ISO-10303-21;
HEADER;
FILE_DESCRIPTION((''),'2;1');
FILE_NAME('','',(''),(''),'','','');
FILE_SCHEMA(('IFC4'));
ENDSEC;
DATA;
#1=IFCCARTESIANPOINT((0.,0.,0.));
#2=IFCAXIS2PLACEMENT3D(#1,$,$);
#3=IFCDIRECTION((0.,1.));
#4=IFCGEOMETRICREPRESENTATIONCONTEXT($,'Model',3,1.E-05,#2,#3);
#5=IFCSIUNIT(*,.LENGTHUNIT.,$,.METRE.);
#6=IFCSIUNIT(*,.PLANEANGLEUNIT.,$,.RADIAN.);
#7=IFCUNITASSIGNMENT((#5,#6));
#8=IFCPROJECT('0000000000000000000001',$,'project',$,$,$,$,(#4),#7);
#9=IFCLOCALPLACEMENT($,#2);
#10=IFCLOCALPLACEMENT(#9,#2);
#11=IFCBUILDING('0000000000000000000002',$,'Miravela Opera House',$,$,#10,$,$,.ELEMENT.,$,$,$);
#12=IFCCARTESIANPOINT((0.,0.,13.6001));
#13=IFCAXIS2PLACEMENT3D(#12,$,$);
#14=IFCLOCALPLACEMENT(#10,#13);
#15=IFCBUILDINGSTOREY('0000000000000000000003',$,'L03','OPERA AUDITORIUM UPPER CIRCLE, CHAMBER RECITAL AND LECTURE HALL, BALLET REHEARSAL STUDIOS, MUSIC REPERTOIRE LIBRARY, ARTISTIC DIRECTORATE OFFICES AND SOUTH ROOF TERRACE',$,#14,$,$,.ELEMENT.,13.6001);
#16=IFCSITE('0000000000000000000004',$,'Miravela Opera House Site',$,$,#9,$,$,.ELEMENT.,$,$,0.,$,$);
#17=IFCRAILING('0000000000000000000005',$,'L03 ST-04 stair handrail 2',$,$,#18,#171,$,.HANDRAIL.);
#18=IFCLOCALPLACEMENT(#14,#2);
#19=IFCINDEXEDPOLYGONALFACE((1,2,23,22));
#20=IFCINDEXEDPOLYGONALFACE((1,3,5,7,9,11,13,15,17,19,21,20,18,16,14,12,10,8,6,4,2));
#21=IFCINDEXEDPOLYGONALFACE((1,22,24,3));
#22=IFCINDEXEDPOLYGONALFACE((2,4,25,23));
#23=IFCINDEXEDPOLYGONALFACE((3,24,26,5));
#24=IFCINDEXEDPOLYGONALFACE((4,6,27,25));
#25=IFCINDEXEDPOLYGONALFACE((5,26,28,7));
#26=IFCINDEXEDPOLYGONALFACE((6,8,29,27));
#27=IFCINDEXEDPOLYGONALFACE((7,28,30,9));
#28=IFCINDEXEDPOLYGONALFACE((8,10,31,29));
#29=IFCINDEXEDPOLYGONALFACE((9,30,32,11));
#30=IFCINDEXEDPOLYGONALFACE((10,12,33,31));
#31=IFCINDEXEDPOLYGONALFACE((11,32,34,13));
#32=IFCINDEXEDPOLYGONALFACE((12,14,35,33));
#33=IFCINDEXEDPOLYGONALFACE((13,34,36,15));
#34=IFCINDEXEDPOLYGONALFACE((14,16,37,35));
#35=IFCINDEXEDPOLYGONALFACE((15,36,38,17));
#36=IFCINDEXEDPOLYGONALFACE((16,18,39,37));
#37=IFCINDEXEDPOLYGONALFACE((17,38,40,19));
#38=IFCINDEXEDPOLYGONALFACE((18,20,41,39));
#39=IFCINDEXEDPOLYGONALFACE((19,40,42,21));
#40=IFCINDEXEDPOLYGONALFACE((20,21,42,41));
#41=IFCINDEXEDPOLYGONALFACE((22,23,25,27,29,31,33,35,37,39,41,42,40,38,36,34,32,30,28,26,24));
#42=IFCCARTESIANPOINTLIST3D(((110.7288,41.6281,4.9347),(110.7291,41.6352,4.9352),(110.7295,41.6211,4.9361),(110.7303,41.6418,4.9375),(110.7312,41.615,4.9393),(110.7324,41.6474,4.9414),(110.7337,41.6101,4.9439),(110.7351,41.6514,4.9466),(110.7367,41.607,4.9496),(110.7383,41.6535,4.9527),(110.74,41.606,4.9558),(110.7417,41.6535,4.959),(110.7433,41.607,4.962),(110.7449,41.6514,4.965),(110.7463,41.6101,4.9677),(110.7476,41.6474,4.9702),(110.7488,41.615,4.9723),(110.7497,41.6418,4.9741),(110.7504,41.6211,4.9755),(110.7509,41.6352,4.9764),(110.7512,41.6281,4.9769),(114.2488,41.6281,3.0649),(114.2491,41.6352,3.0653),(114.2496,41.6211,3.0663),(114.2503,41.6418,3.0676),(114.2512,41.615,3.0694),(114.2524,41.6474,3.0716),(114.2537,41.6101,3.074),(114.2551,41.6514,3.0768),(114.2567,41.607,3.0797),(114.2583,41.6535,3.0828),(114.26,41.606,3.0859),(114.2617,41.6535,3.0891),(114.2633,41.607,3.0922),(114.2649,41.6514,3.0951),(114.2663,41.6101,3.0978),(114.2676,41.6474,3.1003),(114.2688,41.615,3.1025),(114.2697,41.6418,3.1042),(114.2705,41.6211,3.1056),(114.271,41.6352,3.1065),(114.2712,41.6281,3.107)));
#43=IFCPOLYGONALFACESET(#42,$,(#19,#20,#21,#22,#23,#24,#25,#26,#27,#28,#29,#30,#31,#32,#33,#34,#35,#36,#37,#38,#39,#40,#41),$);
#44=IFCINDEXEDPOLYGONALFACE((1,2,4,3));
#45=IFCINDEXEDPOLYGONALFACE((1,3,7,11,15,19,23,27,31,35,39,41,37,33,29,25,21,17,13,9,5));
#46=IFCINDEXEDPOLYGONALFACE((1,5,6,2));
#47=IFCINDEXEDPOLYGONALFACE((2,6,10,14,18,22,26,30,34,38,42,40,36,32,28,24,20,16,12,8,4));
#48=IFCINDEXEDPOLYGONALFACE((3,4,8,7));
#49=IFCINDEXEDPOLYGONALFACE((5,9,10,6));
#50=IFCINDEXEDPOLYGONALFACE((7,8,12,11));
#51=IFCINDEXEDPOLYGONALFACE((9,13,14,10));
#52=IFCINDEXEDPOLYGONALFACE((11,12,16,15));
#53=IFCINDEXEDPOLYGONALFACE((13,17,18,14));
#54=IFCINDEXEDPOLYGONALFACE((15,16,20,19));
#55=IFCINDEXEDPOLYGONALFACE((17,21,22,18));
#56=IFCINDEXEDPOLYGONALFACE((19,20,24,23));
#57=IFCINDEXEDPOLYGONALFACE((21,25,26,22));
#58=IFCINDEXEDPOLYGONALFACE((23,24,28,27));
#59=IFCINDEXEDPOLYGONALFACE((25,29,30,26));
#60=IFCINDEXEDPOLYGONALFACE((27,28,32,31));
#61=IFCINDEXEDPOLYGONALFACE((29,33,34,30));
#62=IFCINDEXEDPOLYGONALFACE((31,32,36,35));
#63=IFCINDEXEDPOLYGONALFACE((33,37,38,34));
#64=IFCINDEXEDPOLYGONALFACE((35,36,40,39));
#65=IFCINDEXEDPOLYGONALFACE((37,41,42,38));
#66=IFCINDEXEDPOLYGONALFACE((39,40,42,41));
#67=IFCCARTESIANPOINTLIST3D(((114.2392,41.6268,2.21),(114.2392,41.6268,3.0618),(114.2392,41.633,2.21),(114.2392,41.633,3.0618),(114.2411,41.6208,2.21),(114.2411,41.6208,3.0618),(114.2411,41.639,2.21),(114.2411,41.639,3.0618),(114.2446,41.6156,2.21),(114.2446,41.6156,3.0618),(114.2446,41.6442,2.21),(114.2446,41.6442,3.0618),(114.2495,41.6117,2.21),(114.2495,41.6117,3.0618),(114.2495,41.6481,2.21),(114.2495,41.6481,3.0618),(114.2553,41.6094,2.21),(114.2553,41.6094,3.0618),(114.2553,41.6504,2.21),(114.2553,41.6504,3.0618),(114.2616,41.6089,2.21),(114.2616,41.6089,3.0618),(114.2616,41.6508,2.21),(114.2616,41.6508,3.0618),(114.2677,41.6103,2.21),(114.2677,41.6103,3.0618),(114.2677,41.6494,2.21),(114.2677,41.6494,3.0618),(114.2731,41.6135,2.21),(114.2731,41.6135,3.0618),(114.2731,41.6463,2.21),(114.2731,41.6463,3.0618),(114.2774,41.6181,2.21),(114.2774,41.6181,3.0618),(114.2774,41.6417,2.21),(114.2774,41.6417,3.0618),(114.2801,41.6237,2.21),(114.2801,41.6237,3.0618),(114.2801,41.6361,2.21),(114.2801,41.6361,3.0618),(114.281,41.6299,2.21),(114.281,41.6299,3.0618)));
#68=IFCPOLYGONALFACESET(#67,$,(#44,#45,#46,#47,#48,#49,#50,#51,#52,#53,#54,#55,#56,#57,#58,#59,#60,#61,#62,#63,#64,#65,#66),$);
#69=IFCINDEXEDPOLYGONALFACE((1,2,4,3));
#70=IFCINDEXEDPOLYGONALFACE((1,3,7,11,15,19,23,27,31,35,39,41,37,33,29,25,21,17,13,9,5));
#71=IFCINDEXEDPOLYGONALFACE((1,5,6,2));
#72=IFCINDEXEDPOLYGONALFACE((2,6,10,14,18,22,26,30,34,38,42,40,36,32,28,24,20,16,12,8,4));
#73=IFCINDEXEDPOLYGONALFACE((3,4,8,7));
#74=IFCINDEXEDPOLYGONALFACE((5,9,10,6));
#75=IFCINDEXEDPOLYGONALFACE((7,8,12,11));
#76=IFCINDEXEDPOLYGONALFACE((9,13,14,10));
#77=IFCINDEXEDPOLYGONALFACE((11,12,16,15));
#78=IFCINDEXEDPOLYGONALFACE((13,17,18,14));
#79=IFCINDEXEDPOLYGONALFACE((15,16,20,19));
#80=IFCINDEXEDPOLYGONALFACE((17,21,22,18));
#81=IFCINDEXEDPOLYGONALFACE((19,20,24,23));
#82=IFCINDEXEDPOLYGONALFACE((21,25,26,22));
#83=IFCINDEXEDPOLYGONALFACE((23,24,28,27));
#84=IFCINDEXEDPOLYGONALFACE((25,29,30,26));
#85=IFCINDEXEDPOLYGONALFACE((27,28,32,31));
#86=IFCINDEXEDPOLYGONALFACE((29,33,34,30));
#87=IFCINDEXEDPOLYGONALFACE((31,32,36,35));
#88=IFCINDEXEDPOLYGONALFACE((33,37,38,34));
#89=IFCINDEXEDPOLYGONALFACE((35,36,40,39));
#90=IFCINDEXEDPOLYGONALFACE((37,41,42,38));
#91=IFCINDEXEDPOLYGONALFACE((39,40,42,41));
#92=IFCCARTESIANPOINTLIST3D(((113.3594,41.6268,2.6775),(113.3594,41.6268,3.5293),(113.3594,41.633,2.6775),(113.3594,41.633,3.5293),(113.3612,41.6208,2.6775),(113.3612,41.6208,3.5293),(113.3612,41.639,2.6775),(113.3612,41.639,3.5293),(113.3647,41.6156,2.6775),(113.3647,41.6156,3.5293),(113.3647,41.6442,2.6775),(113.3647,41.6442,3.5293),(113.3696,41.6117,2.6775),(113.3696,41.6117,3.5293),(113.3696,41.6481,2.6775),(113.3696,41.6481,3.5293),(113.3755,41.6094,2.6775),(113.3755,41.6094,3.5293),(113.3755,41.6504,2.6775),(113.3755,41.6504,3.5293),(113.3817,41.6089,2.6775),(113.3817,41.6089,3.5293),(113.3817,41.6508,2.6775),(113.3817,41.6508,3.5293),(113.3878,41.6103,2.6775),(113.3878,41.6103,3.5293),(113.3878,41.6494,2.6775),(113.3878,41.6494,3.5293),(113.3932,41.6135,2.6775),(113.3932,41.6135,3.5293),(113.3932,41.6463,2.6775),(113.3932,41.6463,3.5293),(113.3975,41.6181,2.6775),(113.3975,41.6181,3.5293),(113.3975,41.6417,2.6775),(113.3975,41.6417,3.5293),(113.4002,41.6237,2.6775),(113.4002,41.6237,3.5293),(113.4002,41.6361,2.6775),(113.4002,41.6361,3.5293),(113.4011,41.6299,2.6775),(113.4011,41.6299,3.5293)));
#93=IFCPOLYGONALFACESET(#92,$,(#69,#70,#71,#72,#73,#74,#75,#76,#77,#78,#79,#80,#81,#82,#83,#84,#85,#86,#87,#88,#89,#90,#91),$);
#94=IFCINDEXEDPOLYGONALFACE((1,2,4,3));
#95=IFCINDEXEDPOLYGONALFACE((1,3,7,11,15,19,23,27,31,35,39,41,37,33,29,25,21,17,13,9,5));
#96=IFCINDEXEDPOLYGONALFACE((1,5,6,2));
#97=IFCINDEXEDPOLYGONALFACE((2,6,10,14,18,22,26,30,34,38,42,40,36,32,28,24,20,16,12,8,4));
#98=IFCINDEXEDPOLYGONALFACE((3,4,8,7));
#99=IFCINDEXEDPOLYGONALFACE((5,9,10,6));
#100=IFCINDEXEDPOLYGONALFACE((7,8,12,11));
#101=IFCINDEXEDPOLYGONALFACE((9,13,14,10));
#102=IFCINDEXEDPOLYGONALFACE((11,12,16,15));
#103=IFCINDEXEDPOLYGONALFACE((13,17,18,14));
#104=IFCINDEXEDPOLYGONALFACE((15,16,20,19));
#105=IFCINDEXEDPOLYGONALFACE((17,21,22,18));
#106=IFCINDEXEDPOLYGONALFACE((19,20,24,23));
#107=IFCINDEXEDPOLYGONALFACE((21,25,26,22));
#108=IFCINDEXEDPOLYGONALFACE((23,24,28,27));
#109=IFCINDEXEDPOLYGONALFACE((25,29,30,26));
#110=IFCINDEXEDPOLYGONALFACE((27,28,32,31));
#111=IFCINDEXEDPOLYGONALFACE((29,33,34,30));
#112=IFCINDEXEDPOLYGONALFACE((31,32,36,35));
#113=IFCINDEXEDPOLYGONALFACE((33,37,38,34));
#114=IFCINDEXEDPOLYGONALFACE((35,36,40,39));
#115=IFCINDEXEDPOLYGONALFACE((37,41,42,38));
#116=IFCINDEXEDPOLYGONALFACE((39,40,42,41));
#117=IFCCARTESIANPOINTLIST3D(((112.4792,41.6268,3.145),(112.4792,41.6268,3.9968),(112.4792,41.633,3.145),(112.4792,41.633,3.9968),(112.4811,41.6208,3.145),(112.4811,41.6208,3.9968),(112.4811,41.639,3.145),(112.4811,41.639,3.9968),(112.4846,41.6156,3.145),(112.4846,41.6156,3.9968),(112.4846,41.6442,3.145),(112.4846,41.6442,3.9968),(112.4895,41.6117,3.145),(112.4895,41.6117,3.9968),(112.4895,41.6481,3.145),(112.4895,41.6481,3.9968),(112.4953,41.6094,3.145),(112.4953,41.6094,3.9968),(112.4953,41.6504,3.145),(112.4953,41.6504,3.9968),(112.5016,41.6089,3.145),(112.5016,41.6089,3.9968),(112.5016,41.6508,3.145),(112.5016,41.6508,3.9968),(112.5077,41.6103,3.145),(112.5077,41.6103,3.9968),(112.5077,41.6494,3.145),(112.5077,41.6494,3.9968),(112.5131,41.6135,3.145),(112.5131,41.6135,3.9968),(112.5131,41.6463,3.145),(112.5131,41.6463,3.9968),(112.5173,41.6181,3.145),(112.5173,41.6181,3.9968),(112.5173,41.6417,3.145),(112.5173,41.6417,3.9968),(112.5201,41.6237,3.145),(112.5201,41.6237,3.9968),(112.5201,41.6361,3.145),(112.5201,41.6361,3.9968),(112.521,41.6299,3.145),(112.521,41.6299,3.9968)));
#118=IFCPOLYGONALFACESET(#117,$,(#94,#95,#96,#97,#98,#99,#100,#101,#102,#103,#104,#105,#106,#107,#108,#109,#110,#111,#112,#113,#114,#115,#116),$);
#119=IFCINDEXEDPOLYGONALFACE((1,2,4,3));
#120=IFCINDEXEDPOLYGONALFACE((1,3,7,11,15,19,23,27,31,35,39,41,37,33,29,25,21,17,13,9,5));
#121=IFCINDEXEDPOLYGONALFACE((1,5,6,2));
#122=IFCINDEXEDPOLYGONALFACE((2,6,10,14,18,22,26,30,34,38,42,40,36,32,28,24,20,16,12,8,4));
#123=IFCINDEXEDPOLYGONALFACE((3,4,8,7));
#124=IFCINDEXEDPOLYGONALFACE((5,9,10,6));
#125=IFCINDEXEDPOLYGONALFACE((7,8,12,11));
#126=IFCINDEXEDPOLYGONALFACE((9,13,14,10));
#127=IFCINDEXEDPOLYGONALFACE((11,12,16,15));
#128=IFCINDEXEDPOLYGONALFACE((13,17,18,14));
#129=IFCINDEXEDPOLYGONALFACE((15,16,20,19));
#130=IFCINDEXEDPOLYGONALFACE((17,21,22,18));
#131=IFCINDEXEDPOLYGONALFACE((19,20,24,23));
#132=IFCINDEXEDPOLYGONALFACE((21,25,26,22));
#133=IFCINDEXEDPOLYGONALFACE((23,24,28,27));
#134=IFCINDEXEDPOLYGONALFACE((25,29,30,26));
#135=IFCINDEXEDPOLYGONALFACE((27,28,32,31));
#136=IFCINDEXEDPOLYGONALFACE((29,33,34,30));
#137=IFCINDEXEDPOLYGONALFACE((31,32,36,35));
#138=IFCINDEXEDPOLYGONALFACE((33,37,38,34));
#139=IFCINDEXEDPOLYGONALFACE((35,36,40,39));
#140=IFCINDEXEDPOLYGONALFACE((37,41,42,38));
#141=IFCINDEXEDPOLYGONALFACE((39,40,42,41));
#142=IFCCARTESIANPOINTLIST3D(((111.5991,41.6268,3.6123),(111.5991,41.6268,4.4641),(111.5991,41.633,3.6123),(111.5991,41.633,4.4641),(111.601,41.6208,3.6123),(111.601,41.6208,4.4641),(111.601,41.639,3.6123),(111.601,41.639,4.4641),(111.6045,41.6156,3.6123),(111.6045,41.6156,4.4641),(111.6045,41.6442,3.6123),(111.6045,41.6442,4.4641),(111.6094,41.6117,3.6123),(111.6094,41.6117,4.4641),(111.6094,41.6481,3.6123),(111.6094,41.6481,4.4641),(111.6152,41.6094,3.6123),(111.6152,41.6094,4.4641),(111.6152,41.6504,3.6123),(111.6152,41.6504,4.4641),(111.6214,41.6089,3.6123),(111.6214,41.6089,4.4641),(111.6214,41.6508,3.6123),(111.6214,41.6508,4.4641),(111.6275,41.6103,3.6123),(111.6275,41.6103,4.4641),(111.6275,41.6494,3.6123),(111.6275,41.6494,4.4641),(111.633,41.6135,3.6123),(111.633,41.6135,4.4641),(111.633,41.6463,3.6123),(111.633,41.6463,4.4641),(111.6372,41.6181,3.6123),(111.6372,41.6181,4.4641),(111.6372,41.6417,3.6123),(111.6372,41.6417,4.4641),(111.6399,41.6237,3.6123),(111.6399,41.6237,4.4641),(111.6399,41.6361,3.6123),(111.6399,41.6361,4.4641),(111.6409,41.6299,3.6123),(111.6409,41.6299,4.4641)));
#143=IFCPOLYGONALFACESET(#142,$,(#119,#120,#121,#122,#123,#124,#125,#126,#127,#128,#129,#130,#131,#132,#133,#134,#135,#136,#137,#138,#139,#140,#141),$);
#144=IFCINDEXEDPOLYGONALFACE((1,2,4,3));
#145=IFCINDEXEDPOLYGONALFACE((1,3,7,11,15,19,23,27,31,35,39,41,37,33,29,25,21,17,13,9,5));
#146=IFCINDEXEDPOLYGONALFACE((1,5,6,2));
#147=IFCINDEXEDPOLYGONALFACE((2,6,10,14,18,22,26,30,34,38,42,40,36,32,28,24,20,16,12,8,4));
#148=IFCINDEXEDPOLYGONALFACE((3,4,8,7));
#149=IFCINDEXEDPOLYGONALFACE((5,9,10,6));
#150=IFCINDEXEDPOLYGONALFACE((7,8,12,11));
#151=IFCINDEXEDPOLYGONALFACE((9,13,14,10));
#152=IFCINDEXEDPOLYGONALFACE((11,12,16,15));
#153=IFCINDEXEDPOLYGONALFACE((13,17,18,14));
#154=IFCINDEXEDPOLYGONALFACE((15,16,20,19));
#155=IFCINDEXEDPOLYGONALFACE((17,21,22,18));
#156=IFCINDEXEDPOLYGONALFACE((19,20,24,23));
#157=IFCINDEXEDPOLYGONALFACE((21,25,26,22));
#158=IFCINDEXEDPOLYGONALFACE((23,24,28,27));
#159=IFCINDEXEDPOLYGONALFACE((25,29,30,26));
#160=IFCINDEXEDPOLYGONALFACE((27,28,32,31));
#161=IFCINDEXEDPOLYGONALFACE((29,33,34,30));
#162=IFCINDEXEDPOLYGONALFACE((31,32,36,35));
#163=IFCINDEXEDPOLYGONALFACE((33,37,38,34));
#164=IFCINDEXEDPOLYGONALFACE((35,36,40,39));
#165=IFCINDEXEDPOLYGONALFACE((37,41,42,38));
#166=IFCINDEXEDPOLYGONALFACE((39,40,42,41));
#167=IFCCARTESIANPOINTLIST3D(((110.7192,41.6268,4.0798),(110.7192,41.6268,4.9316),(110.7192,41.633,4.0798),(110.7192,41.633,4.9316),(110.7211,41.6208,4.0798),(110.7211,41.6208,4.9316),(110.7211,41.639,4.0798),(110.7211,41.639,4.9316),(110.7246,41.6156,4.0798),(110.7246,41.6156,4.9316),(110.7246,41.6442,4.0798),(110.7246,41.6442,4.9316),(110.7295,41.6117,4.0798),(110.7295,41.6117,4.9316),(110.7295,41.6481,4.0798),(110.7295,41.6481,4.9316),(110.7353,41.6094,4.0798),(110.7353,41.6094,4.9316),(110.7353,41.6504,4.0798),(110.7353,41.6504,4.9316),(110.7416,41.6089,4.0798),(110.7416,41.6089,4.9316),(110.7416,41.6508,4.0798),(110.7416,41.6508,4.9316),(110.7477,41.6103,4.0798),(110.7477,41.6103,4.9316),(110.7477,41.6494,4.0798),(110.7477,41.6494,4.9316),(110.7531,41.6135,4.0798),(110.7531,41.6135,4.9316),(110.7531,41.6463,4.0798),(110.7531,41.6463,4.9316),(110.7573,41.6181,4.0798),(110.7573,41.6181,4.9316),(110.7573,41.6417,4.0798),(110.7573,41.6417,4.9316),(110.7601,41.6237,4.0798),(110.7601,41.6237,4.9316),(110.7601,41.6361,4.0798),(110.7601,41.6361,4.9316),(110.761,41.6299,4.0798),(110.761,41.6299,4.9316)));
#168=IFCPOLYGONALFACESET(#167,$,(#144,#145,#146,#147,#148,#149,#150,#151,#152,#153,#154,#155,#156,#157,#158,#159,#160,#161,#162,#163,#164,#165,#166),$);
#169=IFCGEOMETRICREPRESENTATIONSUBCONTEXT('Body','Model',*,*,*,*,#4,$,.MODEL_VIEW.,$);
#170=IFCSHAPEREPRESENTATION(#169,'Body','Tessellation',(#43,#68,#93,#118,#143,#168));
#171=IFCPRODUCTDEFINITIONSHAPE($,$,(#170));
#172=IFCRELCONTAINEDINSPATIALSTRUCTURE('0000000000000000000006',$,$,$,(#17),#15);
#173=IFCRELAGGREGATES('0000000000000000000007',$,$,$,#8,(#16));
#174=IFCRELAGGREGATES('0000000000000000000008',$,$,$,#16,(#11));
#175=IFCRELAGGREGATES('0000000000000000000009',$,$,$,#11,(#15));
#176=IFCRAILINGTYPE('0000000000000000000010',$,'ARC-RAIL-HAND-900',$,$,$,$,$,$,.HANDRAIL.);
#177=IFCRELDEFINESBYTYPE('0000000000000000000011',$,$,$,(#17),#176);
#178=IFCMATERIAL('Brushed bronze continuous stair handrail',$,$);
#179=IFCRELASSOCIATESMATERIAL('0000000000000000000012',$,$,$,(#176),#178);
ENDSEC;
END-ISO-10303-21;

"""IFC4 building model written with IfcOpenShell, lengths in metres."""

from ifc_helpers import new_model, si_unit, direction, frame, origin, origin_2d, place, context, subcontext, project, spatial, circle, extrude, material, type_object, element, save


model = new_model("IFC4")

# Units and contexts
model_context = context("Model", 3, precision=1e-05, world=origin(), true_north=direction((0.0, 1.0)))
body_context = subcontext(model_context, "Body", "Model", "MODEL_VIEW")
ifc_project = project(units=[si_unit("LENGTHUNIT", "METRE"), si_unit("PLANEANGLEUNIT", "RADIAN")], contexts=[model_context])

# Site, building, storey
site_placement = place(None, origin())
site = spatial("IfcSite", under=ifc_project, at=site_placement, Name="Miravela Opera House Site", CompositionType="ELEMENT", RefElevation=0.0)
building_placement = place(site_placement, origin())
building = spatial("IfcBuilding", under=site, at=building_placement, Name="Miravela Opera House", CompositionType="ELEMENT")
storey_placement = place(building_placement, frame((0.0, 0.0, 13.6001)))
storey = spatial("IfcBuildingStorey", under=building, at=storey_placement, Name="L03", Description="OPERA AUDITORIUM UPPER CIRCLE, CHAMBER RECITAL AND LECTURE HALL, BALLET REHEARSAL STUDIOS, MUSIC REPERTOIRE LIBRARY, ARTISTIC DIRECTORATE OFFICES AND SOUTH ROOF TERRACE", CompositionType="ELEMENT", Elevation=13.6001)

# Railing
ifc_material_1 = material(Name="Brushed bronze continuous stair handrail")
railing_type_1 = type_object("IfcRailingType", Name="ARC-RAIL-HAND-900", PredefinedType="HANDRAIL", material=ifc_material_1)
railing_1_placement = place(storey_placement, frame((114.26, 41.6299, 2.21)))
element("IfcRailing", 1, at=railing_1_placement, inside=storey, type_object=railing_type_1, Name="L03 ST-04 stair handrail 2", PredefinedType="HANDRAIL", context=body_context, shape_type="SweptSolid", body=[
    extrude(circle(Radius=0.0239, at=origin_2d()), frame((0.0, 0.0, 0.876), z_axis=(-0.88313, 0.0, 0.469128), x_axis=(0.0, -1.0, 0.0)), (0.0, 0.0, 1.0), 3.9858),
    extrude(circle(Radius=0.021, at=origin_2d()), origin(), (0.0, 0.0, 1.0), 0.8518),
    extrude(circle(Radius=0.021, at=origin_2d()), frame((-0.8799, 0.0, 0.4675)), (0.0, 0.0, 1.0), 0.8518),
    extrude(circle(Radius=0.021, at=origin_2d()), frame((-1.76, 0.0, 0.9351)), (0.0, 0.0, 1.0), 0.8518),
    extrude(circle(Radius=0.021, at=origin_2d()), frame((-2.6401, 0.0, 1.4023)), (0.0, 0.0, 1.0), 0.8518),
    extrude(circle(Radius=0.021, at=origin_2d()), frame((-3.52, 0.0, 1.8699)), (0.0, 0.0, 1.0), 0.8518),
])

save(model, "model.ifc")
